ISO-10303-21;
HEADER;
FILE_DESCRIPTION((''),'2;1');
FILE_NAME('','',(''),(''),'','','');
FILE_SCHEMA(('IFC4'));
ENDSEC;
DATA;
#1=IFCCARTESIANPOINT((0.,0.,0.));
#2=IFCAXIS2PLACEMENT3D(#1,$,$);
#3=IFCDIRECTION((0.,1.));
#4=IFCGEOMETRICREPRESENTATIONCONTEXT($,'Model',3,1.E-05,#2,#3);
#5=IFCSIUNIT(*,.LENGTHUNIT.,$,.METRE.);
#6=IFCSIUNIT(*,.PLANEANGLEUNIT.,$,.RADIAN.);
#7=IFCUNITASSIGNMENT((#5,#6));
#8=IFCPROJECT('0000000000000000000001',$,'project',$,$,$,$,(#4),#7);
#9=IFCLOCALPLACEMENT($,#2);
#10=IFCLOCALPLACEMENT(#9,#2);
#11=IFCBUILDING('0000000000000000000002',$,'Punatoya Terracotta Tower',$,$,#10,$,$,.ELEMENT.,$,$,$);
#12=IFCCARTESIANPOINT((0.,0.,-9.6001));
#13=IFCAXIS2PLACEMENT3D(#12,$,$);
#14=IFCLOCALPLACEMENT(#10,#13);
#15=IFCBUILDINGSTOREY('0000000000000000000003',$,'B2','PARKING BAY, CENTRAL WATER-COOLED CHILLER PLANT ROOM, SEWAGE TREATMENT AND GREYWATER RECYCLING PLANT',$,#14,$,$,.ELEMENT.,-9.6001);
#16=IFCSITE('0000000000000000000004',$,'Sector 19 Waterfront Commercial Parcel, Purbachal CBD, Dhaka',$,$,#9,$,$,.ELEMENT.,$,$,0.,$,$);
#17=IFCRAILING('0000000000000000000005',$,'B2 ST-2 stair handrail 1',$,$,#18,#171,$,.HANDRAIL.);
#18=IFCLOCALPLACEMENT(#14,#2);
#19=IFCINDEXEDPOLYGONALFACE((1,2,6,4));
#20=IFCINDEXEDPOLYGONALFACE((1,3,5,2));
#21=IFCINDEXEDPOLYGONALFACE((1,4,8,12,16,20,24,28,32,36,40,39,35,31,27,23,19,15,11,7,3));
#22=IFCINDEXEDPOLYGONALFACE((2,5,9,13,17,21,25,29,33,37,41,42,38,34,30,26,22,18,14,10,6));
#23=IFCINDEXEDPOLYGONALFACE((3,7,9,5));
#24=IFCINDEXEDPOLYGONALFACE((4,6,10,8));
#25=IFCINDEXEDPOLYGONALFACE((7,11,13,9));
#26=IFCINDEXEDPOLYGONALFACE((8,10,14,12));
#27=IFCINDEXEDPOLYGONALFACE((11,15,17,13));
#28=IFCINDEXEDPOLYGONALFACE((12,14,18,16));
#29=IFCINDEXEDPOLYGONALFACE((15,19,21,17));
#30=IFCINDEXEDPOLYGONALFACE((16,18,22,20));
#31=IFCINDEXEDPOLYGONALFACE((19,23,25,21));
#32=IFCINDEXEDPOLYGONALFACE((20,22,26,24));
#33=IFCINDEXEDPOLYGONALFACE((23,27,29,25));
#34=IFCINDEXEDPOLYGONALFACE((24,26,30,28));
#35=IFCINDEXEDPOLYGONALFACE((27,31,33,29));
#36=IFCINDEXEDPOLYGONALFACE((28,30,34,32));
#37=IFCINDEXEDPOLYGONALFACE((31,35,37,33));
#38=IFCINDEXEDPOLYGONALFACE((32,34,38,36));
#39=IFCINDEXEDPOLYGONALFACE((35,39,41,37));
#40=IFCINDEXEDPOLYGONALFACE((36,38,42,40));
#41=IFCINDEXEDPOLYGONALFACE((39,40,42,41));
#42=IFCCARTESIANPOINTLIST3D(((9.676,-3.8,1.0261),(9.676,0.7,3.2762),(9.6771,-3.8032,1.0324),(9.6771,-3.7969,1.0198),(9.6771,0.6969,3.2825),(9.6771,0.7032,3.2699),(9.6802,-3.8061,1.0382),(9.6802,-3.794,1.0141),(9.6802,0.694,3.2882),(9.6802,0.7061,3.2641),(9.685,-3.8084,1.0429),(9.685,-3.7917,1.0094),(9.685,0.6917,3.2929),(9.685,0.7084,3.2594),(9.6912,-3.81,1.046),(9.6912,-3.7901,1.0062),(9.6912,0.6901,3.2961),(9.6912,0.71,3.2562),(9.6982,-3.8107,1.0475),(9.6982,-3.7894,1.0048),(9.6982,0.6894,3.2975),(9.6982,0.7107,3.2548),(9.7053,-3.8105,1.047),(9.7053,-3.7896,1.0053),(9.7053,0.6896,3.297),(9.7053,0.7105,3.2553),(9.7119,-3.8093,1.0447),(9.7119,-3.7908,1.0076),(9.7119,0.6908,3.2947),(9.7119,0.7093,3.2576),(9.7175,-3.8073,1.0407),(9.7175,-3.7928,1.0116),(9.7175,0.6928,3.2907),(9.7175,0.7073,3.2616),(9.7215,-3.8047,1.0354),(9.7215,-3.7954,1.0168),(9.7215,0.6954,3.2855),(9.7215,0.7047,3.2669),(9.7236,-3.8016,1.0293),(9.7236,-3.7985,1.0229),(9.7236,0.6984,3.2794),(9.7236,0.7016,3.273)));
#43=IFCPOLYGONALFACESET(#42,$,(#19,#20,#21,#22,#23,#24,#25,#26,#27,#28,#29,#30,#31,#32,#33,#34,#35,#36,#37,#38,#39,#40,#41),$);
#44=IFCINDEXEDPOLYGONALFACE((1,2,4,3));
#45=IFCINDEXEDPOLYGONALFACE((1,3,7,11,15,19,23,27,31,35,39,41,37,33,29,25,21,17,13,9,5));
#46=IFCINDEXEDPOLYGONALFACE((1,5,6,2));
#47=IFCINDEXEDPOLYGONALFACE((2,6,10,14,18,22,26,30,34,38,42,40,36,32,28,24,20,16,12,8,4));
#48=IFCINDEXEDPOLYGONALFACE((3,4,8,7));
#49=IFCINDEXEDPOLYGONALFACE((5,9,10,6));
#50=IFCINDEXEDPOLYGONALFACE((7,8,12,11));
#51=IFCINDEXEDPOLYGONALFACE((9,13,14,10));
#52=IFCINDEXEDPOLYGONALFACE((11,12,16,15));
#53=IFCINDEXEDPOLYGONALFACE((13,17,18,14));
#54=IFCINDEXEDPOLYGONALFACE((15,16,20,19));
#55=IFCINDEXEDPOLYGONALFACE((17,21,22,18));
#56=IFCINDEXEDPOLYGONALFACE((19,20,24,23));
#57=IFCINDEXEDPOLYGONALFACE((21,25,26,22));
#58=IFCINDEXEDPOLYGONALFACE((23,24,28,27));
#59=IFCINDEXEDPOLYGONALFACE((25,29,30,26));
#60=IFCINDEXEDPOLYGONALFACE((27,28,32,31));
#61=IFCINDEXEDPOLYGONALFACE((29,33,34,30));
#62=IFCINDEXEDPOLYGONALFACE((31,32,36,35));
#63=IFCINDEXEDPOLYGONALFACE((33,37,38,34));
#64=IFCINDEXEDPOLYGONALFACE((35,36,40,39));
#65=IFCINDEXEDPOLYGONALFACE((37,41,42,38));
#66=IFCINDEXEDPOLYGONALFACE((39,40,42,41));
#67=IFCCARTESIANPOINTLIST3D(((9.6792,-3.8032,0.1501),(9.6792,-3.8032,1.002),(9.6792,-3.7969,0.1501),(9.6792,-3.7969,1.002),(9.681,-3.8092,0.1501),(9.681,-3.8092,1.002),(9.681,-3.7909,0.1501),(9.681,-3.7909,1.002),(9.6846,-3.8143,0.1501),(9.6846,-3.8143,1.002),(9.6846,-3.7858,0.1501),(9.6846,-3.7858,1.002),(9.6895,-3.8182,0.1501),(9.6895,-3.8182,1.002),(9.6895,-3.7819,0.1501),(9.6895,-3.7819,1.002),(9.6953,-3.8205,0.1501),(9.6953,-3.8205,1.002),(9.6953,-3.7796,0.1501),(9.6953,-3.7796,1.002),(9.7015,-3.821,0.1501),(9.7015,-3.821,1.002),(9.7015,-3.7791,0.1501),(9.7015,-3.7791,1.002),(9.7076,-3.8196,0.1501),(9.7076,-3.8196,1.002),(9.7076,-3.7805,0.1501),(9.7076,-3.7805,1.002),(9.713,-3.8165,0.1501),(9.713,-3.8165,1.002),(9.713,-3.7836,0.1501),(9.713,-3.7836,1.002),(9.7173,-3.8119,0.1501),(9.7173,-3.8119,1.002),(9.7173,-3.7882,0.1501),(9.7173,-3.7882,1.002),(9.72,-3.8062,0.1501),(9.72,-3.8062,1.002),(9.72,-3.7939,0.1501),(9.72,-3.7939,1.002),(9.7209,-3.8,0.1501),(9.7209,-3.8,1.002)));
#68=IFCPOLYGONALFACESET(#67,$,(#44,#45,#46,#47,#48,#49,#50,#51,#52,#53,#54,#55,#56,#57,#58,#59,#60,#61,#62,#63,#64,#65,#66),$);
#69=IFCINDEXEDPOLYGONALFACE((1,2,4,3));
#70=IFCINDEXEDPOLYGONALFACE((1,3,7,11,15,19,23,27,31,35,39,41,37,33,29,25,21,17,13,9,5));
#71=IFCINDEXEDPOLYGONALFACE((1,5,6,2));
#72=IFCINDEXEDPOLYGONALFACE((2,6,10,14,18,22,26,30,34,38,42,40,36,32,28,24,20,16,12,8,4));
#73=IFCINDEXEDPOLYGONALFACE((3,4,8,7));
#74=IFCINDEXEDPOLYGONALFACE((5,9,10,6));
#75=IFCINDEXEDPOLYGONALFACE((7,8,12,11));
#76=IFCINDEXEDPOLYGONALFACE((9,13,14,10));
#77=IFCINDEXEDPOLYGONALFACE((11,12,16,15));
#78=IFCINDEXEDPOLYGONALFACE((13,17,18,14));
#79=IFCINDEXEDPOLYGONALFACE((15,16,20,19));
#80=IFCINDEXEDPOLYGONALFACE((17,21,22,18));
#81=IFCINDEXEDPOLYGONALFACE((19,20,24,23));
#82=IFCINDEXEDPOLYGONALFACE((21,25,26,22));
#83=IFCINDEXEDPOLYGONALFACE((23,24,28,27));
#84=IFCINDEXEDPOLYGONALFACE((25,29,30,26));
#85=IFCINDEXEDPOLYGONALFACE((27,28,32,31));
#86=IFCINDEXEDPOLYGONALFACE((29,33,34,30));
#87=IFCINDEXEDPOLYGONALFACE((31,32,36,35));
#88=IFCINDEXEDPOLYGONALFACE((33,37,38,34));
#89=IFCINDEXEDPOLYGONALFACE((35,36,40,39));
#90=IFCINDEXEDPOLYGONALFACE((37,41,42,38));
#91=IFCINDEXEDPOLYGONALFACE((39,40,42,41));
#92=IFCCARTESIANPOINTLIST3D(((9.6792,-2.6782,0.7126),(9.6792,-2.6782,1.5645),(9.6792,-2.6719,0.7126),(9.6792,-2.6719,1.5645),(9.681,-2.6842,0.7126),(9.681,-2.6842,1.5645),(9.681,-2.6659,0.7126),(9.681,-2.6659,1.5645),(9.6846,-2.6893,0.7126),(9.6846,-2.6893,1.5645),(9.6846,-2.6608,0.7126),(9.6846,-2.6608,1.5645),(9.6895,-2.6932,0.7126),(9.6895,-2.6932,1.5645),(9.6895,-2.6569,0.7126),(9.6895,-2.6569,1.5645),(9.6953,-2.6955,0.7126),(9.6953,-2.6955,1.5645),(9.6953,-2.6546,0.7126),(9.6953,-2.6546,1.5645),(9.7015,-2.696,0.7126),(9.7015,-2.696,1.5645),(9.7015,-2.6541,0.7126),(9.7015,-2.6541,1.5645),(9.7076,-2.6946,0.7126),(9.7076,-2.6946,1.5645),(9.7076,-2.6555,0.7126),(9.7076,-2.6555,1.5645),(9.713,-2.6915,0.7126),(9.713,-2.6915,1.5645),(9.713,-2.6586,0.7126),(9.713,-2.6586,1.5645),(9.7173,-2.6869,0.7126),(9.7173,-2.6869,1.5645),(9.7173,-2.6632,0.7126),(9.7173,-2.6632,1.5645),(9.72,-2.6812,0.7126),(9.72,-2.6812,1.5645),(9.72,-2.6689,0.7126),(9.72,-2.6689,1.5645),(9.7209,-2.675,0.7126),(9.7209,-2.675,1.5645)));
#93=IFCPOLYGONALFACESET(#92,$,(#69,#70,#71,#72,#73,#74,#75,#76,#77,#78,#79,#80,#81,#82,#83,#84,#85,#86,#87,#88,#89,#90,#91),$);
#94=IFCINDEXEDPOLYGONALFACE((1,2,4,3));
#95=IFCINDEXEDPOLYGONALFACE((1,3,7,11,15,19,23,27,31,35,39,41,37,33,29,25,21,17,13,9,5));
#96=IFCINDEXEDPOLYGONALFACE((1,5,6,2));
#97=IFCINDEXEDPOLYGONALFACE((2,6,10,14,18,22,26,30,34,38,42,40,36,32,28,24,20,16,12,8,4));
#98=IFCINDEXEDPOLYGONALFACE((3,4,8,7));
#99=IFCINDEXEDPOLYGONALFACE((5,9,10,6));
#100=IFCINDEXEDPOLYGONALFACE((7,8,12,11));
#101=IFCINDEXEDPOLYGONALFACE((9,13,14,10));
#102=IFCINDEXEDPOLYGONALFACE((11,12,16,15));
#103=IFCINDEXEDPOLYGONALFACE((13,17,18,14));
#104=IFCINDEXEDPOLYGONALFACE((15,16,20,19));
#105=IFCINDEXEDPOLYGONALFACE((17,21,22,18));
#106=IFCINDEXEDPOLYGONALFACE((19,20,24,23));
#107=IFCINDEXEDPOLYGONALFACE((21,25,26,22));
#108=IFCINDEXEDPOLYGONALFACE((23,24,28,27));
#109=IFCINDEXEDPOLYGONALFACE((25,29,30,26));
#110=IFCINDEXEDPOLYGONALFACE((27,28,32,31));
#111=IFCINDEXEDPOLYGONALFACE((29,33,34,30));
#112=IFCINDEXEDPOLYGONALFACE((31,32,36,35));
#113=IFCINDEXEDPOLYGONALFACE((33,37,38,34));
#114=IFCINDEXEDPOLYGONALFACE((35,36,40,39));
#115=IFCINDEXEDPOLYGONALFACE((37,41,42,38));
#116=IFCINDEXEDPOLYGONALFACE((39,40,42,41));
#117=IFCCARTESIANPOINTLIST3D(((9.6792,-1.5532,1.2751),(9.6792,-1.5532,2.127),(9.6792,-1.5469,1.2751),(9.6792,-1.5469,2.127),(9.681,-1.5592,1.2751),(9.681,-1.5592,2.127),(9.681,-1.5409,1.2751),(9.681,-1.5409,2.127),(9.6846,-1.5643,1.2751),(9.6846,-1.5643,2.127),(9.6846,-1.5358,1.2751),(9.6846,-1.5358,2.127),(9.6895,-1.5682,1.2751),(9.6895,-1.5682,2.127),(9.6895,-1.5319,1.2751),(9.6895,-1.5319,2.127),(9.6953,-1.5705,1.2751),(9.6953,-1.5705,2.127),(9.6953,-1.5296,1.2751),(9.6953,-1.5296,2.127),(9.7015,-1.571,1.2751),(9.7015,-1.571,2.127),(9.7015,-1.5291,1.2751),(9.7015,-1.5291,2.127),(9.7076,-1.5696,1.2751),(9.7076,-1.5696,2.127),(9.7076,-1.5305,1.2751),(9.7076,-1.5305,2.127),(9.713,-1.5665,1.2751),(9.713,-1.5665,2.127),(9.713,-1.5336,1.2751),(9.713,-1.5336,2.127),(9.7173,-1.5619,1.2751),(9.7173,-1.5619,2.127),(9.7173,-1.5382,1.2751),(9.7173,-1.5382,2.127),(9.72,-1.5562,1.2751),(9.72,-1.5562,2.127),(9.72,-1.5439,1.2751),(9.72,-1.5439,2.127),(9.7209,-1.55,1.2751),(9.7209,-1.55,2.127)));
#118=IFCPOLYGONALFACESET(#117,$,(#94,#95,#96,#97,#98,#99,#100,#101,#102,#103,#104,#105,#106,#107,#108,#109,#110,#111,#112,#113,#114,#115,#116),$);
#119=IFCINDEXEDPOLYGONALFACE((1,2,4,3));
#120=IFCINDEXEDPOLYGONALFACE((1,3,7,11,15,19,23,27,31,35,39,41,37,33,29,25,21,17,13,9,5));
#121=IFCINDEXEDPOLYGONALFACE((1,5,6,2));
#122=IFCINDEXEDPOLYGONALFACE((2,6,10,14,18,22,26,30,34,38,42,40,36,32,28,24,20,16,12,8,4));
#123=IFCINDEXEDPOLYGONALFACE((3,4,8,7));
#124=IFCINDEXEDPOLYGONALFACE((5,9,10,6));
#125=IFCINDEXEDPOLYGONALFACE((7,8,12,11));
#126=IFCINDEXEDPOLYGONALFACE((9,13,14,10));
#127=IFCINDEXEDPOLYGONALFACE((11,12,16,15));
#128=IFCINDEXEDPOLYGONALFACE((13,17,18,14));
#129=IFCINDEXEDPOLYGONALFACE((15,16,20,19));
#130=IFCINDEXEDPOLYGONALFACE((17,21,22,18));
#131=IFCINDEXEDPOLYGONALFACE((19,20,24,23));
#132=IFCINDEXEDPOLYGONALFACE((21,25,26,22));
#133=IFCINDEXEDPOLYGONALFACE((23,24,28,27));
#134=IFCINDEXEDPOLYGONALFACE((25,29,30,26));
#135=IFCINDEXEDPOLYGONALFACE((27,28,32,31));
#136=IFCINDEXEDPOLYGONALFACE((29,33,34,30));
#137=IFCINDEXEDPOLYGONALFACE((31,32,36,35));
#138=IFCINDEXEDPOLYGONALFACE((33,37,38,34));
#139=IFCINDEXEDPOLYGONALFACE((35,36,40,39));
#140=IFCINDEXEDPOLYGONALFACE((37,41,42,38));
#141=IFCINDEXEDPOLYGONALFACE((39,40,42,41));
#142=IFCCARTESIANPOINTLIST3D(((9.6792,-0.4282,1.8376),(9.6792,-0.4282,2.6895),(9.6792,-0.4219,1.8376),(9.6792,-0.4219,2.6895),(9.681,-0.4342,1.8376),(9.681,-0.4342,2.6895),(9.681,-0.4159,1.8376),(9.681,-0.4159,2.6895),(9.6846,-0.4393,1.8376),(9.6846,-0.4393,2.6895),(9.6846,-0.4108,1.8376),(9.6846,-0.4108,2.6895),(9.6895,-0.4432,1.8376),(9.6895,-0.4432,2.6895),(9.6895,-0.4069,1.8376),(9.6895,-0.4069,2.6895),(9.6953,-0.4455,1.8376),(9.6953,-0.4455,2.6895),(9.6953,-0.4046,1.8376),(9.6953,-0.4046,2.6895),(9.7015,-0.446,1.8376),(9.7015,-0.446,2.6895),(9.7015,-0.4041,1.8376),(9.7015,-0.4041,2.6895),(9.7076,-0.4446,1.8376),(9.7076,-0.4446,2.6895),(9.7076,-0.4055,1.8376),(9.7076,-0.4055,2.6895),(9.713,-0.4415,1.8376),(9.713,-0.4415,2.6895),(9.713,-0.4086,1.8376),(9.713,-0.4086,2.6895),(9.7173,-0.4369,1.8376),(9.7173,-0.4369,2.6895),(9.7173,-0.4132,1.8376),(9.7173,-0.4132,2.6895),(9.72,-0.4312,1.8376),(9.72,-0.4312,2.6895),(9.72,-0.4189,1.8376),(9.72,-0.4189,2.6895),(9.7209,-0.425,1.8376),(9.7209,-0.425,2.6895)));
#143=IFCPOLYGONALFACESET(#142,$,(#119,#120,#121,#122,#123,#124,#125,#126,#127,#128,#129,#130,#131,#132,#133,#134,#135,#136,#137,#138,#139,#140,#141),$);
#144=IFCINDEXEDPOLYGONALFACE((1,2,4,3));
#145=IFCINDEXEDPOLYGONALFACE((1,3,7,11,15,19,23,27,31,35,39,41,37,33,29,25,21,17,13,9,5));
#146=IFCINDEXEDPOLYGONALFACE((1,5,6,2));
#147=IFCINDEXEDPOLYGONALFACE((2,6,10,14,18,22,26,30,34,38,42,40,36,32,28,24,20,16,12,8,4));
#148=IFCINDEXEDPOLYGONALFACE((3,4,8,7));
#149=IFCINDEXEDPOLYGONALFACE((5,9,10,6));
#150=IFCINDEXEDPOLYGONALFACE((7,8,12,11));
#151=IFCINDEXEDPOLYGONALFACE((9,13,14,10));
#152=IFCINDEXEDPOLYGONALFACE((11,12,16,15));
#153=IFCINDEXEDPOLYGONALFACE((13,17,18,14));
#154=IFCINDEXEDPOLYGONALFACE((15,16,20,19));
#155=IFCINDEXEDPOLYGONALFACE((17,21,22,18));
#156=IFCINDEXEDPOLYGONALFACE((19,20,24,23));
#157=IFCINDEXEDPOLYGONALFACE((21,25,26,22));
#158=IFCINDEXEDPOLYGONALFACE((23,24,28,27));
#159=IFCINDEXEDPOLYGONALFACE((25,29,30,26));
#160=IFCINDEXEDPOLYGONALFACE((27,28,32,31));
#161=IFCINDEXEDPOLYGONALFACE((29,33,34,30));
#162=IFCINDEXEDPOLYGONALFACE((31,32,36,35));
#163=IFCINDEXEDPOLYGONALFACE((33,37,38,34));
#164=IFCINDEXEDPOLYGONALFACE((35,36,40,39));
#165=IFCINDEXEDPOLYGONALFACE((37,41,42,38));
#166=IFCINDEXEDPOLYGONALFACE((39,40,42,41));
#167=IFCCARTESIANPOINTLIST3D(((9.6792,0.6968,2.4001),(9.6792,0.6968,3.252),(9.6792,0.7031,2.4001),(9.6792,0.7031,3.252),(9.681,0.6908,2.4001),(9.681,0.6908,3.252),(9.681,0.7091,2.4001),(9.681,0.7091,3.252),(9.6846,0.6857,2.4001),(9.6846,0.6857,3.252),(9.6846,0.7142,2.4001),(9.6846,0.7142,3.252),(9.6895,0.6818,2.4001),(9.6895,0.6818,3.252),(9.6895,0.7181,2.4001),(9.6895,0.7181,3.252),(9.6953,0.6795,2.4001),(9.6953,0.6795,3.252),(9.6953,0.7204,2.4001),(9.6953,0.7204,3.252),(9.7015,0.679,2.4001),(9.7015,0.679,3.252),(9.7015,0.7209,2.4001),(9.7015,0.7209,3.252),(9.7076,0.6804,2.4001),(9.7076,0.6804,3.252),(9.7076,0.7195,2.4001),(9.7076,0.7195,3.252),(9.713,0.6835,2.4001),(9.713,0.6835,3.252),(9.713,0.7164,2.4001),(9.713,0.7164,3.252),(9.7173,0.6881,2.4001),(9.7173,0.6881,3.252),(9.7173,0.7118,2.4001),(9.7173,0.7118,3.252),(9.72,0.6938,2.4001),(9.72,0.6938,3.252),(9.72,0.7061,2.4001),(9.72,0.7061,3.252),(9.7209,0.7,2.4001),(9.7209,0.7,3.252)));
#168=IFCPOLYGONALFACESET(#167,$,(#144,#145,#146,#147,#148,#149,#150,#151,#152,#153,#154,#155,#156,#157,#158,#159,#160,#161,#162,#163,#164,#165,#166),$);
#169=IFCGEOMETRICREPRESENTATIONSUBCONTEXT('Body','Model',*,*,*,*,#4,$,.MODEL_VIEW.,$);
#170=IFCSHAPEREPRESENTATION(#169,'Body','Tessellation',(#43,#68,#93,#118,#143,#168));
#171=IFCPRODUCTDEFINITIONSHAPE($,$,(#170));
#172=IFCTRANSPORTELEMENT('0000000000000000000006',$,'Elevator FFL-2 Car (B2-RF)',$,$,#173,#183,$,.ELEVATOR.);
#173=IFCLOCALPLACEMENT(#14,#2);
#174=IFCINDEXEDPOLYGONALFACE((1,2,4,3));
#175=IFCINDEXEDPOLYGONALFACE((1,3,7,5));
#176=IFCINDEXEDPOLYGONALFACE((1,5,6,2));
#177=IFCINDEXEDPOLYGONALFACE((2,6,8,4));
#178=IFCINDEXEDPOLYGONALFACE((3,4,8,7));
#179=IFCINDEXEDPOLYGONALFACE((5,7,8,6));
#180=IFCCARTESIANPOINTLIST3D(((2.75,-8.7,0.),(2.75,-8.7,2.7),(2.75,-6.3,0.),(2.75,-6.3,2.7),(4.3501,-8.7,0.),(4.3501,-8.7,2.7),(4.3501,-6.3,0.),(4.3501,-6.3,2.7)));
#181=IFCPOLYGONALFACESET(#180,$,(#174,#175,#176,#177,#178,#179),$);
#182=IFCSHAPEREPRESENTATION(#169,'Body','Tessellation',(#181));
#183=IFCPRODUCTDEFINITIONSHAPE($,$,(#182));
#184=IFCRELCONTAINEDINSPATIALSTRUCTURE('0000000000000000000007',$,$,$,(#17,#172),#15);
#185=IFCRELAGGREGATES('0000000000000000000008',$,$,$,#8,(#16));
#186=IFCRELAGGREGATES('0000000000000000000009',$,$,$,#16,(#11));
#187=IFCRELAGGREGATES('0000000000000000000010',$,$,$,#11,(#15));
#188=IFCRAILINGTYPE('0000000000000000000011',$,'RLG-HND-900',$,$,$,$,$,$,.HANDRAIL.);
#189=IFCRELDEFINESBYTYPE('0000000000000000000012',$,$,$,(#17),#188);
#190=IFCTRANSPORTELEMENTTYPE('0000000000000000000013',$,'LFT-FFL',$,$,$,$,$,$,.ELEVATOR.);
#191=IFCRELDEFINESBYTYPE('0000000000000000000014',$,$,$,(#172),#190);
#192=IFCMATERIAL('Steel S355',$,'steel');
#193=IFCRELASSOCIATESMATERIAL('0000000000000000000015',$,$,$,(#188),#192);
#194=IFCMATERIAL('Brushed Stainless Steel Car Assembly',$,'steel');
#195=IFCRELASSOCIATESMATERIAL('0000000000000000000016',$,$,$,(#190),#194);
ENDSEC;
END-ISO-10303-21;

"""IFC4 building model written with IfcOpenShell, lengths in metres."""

from ifc_helpers import new_model, si_unit, direction, frame, origin, origin_2d, place, context, subcontext, project, spatial, rectangle, circle, extrude, material, type_object, element, save


model = new_model("IFC4")

# Units and contexts
model_context = context("Model", 3, precision=1e-05, world=origin(), true_north=direction((0.0, 1.0)))
body_context = subcontext(model_context, "Body", "Model", "MODEL_VIEW")
ifc_project = project(units=[si_unit("LENGTHUNIT", "METRE"), si_unit("PLANEANGLEUNIT", "RADIAN")], contexts=[model_context])

# Site, building, storey
site_placement = place(None, origin())
site = spatial("IfcSite", under=ifc_project, at=site_placement, Name="Sector 19 Waterfront Commercial Parcel, Purbachal CBD, Dhaka", CompositionType="ELEMENT", RefElevation=0.0)
building_placement = place(site_placement, origin())
building = spatial("IfcBuilding", under=site, at=building_placement, Name="Punatoya Terracotta Tower", CompositionType="ELEMENT")
storey_placement = place(building_placement, frame((0.0, 0.0, -9.6001)))
storey = spatial("IfcBuildingStorey", under=building, at=storey_placement, Name="B2", Description="PARKING BAY, CENTRAL WATER-COOLED CHILLER PLANT ROOM, SEWAGE TREATMENT AND GREYWATER RECYCLING PLANT", CompositionType="ELEMENT", Elevation=-9.6001)

# Railing
ifc_material_1 = material(Name="Steel S355", Category="steel")
railing_type_1 = type_object("IfcRailingType", Name="RLG-HND-900", PredefinedType="HANDRAIL", material=ifc_material_1)
railing_1_placement = place(storey_placement, frame((9.7, -3.8, 0.1501)))
element("IfcRailing", 1, at=railing_1_placement, inside=storey, type_object=railing_type_1, Name="B2 ST-2 stair handrail 1", PredefinedType="HANDRAIL", context=body_context, shape_type="SweptSolid", body=[
    extrude(circle(Radius=0.0239, at=origin_2d()), frame((0.0, 0.0, 0.876), z_axis=(0.0, 0.894427, 0.447214), x_axis=(-1.0, 0.0, 0.0)), (0.0, 0.0, 1.0), 5.0312),
    extrude(circle(Radius=0.021, at=origin_2d()), origin(), (0.0, 0.0, 1.0), 0.8518),
    extrude(circle(Radius=0.021, at=origin_2d()), frame((0.0, 1.125, 0.5625)), (0.0, 0.0, 1.0), 0.8518),
    extrude(circle(Radius=0.021, at=origin_2d()), frame((0.0, 2.25, 1.125)), (0.0, 0.0, 1.0), 0.8518),
    extrude(circle(Radius=0.021, at=origin_2d()), frame((0.0, 3.375, 1.6875)), (0.0, 0.0, 1.0), 0.8518),
    extrude(circle(Radius=0.021, at=origin_2d()), frame((0.0, 4.5, 2.25)), (0.0, 0.0, 1.0), 0.8518),
])

# Transport element
ifc_material_2 = material(Name="Brushed Stainless Steel Car Assembly", Category="steel")
transport_element_type = type_object("IfcTransportElementType", Name="LFT-FFL", PredefinedType="ELEVATOR", material=ifc_material_2)
transport_element_placement = place(storey_placement, frame((3.55, -7.5, 0.0), z_axis=(0.0, 0.0, 1.0), x_axis=(1.0, 0.0, 0.0)))
element("IfcTransportElement", 2, at=transport_element_placement, inside=storey, type_object=transport_element_type, Name="Elevator FFL-2 Car (B2-RF)", PredefinedType="ELEVATOR", context=body_context, shape_type="SweptSolid", body=[
    extrude(rectangle(XDim=1.6001, YDim=2.3999, at=origin_2d()), origin(), (0.0, 0.0, 1.0), 2.7),
])

save(model, "model.ifc")
